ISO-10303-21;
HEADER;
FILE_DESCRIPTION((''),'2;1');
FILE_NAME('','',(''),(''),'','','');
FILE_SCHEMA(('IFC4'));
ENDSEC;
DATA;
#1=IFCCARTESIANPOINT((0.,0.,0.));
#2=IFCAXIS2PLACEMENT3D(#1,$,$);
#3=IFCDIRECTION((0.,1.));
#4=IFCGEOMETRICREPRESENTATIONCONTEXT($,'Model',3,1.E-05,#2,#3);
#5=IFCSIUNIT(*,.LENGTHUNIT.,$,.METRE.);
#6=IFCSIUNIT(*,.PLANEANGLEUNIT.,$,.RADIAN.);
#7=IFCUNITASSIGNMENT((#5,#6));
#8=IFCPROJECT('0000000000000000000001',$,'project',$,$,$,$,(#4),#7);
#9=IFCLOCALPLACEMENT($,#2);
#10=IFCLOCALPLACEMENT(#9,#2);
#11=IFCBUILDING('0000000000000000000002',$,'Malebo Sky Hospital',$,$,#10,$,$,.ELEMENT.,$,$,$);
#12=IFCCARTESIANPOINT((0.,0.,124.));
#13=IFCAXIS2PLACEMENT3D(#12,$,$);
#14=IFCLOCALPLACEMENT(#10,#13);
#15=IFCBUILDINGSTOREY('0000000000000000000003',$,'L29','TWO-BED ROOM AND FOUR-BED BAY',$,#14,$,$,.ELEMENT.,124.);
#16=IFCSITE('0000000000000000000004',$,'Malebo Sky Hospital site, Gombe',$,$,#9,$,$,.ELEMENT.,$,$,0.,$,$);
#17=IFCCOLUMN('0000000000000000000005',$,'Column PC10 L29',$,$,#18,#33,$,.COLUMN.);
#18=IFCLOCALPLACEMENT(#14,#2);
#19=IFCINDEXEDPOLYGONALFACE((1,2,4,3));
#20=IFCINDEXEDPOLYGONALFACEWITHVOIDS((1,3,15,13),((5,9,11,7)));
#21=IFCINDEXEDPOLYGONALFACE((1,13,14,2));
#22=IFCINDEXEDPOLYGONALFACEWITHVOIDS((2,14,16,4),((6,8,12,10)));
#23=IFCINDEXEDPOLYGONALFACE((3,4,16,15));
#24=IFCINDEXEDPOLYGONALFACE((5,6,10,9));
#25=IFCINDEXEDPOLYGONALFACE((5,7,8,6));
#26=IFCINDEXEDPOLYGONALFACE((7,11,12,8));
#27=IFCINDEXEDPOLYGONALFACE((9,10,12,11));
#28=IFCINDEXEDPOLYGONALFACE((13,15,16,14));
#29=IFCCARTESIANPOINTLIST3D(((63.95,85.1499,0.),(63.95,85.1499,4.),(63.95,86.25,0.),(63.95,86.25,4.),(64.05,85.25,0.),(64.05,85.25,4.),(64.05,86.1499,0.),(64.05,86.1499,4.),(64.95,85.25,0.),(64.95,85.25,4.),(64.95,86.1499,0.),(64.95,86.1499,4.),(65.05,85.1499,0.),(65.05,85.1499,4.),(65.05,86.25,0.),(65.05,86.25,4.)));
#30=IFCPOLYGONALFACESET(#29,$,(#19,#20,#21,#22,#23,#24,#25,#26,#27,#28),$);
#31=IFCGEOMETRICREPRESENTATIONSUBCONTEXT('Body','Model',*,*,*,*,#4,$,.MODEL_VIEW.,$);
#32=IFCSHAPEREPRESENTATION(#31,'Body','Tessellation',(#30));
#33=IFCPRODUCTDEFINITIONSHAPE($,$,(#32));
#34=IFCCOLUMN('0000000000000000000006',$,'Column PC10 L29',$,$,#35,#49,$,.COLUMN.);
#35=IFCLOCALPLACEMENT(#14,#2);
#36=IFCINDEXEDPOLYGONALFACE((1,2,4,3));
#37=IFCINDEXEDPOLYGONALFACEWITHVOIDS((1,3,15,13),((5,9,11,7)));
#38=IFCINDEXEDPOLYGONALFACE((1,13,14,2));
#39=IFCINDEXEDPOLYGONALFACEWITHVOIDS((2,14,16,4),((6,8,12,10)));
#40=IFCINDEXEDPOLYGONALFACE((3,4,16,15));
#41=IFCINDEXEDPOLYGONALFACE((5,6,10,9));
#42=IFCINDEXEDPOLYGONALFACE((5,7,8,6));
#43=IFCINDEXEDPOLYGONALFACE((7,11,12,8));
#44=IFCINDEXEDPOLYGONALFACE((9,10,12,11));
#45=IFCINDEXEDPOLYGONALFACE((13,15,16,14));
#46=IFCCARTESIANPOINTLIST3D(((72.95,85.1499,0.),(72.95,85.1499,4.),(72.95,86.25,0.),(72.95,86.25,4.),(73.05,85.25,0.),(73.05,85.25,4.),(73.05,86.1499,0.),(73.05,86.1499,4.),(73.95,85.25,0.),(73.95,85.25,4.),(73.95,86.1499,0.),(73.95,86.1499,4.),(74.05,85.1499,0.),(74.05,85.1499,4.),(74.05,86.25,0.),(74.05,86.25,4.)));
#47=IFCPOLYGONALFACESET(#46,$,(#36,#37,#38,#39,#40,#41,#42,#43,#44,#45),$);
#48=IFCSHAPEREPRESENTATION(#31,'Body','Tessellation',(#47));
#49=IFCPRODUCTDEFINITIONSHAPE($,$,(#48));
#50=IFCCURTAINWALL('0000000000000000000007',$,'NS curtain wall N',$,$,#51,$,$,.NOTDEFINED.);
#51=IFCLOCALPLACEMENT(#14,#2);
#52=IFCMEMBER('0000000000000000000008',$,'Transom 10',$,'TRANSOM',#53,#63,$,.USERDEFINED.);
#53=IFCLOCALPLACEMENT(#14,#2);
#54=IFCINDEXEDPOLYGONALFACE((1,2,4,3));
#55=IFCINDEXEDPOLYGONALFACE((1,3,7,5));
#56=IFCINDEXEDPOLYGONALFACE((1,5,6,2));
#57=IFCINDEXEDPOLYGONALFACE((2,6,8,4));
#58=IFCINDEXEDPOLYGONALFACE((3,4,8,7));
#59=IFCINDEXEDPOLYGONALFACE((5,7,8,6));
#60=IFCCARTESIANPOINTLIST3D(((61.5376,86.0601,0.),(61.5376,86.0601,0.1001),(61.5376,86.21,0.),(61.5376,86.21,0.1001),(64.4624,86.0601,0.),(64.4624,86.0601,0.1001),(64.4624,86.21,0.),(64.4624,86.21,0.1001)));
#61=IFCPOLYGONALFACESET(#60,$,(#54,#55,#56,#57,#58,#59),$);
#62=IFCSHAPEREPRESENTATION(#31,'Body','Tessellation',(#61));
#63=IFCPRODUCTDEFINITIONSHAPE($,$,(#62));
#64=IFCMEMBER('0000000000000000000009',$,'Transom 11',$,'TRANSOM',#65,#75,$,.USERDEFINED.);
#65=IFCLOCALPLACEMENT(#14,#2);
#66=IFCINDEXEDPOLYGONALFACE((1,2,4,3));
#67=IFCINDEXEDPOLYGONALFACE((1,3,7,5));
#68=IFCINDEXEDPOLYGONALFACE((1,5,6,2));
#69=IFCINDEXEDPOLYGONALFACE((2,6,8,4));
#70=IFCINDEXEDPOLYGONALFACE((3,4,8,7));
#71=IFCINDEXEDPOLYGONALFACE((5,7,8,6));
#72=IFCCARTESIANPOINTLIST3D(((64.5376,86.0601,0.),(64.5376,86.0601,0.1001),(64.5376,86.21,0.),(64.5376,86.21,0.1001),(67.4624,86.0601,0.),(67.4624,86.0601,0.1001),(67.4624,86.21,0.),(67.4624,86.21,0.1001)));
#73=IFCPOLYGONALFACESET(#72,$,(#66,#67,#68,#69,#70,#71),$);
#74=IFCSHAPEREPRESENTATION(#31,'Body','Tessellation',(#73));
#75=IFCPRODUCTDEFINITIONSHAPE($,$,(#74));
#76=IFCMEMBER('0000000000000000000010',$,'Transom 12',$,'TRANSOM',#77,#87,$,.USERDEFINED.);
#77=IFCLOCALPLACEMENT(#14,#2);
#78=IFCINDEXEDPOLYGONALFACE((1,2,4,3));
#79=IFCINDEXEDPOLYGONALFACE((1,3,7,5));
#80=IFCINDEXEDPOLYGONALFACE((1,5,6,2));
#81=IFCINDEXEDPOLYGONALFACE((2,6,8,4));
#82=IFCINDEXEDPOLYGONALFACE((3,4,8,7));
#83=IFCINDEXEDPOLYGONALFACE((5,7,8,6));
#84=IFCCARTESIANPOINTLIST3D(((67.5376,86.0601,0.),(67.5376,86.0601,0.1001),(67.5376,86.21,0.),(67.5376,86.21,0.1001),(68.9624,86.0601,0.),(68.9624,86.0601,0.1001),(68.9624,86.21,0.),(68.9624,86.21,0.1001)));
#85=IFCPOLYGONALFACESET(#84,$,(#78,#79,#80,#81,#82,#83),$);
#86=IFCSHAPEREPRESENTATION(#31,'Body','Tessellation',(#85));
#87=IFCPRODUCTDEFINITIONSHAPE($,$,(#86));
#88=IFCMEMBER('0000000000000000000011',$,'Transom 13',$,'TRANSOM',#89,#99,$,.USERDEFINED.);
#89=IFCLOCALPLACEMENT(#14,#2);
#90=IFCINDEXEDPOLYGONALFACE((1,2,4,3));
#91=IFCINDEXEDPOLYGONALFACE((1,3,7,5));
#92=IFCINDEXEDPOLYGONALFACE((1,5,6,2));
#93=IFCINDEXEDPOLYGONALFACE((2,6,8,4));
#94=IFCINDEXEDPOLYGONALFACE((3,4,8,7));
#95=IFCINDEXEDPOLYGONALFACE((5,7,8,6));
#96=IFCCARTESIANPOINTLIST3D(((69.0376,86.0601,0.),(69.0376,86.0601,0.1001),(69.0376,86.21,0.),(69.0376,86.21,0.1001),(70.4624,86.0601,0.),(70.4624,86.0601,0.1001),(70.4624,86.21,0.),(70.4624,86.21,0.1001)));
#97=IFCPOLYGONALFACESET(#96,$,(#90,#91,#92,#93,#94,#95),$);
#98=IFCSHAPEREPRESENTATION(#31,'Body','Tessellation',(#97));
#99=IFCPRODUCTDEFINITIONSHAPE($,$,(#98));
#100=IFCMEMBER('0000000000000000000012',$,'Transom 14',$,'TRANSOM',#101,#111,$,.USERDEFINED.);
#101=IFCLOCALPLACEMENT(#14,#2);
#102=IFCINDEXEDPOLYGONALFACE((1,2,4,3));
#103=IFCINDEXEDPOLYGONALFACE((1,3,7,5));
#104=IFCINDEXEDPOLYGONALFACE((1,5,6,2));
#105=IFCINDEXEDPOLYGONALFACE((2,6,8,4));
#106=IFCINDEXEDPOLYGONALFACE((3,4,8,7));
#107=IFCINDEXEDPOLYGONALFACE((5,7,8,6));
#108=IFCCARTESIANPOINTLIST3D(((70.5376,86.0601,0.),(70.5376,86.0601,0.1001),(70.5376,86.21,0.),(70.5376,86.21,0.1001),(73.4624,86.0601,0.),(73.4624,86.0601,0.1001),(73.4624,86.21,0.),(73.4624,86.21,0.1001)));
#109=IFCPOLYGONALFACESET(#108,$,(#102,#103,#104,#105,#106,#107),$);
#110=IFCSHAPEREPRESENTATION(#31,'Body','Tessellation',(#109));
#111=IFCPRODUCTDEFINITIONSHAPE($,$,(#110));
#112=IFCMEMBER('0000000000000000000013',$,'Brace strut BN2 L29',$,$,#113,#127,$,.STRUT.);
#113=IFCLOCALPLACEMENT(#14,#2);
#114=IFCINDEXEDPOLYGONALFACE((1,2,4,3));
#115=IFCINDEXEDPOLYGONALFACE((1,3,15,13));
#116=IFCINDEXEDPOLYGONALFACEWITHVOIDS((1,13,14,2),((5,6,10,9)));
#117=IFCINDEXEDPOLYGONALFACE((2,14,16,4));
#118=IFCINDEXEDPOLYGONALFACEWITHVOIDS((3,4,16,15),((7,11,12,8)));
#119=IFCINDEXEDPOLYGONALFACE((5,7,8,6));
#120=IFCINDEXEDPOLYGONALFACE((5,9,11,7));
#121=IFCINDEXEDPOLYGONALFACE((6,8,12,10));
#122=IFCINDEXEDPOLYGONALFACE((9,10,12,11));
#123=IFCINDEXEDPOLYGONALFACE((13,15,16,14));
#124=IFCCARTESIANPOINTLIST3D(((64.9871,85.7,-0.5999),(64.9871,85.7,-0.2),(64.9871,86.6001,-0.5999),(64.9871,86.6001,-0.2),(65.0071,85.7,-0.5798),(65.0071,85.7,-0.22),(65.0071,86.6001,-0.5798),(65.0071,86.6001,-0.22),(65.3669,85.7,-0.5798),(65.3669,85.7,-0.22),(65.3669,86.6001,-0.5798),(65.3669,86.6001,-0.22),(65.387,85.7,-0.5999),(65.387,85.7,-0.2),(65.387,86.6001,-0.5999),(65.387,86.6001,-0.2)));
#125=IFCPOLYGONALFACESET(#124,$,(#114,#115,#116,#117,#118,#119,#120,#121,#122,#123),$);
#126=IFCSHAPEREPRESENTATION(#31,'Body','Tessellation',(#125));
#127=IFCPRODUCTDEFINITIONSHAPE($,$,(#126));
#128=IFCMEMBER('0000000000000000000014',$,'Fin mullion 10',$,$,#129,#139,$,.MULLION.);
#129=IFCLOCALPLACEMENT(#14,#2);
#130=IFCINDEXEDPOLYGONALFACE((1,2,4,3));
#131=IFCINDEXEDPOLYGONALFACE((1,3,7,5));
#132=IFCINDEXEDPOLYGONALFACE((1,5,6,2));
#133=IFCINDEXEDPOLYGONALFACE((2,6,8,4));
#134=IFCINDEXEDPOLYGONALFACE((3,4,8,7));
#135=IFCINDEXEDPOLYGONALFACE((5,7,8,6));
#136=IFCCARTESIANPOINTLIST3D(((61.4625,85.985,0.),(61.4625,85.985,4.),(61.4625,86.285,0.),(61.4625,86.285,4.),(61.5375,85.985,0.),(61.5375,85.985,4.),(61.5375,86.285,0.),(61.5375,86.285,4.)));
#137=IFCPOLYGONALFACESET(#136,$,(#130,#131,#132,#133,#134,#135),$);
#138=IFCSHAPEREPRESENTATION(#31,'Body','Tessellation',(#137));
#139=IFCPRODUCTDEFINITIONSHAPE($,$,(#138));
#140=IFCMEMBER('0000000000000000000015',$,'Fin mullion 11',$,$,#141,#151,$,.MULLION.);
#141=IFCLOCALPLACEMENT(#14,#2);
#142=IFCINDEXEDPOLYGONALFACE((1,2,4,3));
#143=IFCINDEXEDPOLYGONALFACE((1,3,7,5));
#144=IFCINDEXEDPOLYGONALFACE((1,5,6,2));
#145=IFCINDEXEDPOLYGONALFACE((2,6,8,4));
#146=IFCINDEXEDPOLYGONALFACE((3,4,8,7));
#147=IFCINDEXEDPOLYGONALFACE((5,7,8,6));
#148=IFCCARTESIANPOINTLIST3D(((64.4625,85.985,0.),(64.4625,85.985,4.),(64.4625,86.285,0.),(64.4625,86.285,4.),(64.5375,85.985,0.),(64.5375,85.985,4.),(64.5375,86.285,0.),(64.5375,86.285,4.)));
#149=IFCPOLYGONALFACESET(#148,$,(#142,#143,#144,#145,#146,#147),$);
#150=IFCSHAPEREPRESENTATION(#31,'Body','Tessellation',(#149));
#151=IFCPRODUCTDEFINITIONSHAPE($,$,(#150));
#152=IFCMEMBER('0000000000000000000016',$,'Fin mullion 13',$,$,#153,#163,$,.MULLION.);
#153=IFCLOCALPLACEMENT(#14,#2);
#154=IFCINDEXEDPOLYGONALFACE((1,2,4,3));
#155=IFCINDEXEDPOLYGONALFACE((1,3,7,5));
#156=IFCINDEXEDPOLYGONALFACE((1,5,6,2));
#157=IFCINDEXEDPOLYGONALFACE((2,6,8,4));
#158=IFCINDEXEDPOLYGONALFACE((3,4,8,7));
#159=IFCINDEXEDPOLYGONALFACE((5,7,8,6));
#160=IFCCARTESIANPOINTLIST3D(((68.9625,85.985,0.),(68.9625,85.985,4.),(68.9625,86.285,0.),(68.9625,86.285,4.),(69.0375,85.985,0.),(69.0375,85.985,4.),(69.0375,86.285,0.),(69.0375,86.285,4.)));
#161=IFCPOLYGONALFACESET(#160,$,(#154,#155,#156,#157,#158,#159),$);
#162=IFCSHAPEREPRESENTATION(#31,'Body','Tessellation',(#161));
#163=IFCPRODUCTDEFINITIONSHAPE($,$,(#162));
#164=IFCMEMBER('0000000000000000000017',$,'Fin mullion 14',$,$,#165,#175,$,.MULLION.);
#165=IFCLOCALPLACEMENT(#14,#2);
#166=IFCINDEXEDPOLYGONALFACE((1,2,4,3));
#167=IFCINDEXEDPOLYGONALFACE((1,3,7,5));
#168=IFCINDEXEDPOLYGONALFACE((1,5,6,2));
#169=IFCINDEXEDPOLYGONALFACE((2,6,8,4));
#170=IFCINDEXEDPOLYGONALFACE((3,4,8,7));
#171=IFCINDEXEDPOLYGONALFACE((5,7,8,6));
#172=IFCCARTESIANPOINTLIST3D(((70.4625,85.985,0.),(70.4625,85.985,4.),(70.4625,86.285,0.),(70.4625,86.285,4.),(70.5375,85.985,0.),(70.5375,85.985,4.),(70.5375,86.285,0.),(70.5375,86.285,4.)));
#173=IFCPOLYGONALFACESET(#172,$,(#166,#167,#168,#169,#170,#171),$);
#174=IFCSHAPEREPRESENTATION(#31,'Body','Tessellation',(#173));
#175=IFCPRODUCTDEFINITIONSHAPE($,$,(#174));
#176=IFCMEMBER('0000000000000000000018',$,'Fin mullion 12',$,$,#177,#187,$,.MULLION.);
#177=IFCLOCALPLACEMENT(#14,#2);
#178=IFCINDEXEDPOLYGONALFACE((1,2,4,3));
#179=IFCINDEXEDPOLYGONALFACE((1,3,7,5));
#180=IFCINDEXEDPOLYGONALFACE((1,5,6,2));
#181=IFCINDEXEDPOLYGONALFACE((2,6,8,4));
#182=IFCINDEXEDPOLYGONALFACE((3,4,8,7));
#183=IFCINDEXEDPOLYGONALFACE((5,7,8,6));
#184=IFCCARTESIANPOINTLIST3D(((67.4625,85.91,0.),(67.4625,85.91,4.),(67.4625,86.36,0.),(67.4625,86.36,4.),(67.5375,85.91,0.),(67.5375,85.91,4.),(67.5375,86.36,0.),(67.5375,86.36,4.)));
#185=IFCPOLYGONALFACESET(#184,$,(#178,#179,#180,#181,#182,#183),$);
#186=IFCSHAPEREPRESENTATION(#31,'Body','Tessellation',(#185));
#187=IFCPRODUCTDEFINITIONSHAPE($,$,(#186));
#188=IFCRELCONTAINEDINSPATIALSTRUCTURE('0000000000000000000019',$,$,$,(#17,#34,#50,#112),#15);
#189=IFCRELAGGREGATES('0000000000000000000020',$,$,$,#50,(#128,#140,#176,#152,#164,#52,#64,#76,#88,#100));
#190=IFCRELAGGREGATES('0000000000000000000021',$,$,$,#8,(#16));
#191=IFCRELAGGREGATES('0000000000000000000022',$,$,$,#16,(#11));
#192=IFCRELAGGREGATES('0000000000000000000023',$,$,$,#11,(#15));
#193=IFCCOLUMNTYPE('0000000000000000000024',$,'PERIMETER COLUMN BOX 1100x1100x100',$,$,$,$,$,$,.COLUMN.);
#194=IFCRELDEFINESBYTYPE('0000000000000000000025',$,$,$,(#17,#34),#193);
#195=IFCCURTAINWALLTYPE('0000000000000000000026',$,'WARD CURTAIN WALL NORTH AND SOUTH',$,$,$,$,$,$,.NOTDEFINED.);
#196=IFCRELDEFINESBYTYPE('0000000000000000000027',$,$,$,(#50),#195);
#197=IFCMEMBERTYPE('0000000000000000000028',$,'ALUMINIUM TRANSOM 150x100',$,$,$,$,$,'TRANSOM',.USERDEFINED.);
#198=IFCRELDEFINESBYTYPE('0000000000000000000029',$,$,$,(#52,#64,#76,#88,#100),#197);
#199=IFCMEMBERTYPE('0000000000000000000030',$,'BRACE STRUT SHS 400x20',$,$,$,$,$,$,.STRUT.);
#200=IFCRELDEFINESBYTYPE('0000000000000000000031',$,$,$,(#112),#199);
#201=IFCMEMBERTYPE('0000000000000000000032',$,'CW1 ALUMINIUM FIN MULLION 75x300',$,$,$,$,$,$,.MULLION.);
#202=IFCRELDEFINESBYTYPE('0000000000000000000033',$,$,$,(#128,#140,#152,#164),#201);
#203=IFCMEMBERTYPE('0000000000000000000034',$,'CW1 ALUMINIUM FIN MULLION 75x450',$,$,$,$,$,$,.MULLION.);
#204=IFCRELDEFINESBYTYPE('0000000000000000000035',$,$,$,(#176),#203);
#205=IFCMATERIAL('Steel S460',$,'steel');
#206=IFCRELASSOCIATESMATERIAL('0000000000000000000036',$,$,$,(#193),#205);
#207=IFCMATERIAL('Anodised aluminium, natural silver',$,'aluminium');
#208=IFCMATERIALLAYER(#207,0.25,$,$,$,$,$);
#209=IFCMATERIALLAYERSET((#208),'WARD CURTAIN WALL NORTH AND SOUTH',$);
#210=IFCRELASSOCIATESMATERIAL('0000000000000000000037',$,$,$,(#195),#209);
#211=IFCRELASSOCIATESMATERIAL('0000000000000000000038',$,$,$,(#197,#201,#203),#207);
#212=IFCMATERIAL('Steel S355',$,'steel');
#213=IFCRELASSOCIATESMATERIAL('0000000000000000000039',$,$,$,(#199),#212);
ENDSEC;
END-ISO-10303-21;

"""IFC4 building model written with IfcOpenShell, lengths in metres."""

from ifc_helpers import new_model, si_unit, direction, frame, origin, origin_2d, place, context, subcontext, project, spatial, rectangle, hollow_rectangle, extrude, material, layer, layer_set, material_profile, profile_set, type_object, element, aggregate, save


model = new_model("IFC4")

# Units and contexts
model_context = context("Model", 3, precision=1e-05, world=origin(), true_north=direction((0.0, 1.0)))
body_context = subcontext(model_context, "Body", "Model", "MODEL_VIEW")
ifc_project = project(units=[si_unit("LENGTHUNIT", "METRE"), si_unit("PLANEANGLEUNIT", "RADIAN")], contexts=[model_context])

# Site, building, storey
site_placement = place(None, origin())
site = spatial("IfcSite", under=ifc_project, at=site_placement, Name="Malebo Sky Hospital site, Gombe", CompositionType="ELEMENT", RefElevation=0.0)
building_placement = place(site_placement, origin())
building = spatial("IfcBuilding", under=site, at=building_placement, Name="Malebo Sky Hospital", CompositionType="ELEMENT")
storey_placement = place(building_placement, frame((0.0, 0.0, 124.0)))
storey = spatial("IfcBuildingStorey", under=building, at=storey_placement, Name="L29", Description="TWO-BED ROOM AND FOUR-BED BAY", CompositionType="ELEMENT", Elevation=124.0)

# Columns
ifc_material_1 = material(Name="Steel S460", Category="steel")
ifc_material_profile_1 = material_profile(ifc_material_1, hollow_rectangle(XDim=1.1001, YDim=1.1001, WallThickness=0.1001, at=origin_2d()), Name="BOX 1100x1100x100")
ifc_profile_set_1 = profile_set([ifc_material_profile_1], Name="Steel S460")
column_type = type_object("IfcColumnType", Name="PERIMETER COLUMN BOX 1100x1100x100", PredefinedType="COLUMN", material=ifc_profile_set_1)
for number, where, z_axis, x_axis, name in (
    (1, (64.5, 85.7, 0.0), (0.0, 0.0, 1.0), (1.0, 0.0, 0.0), "Column PC10 L29"),
    (2, (73.5, 85.7, 0.0), (0.0, 0.0, 1.0), (1.0, 0.0, 0.0), "Column PC10 L29"),
):
    element("IfcColumn", number, at=place(storey_placement, frame(where, z_axis=z_axis, x_axis=x_axis)), inside=storey, type_object=column_type, Name=name, PredefinedType="COLUMN", context=body_context, shape_type="SweptSolid", body=[
        extrude(hollow_rectangle(XDim=1.1001, YDim=1.1001, WallThickness=0.1001, at=origin_2d()), origin(), (0.0, 0.0, 1.0), 4.0),
    ])

# Curtain wall, members
ifc_material_2 = material(Name="Anodised aluminium, natural silver", Category="aluminium")
ifc_layer_1 = layer(ifc_material_2, 0.25)
ifc_layer_set_1 = layer_set([ifc_layer_1], Name="WARD CURTAIN WALL NORTH AND SOUTH")
curtain_wall_type = type_object("IfcCurtainWallType", Name="WARD CURTAIN WALL NORTH AND SOUTH", PredefinedType="NOTDEFINED", material=ifc_layer_set_1)
curtain_wall_placement = place(storey_placement, origin())
curtain_wall = element("IfcCurtainWall", 3, at=curtain_wall_placement, inside=storey, type_object=curtain_wall_type, Name="NS curtain wall N", PredefinedType="NOTDEFINED")
ifc_material_profile_2 = material_profile(ifc_material_2, rectangle(XDim=0.1499, YDim=0.1001, at=origin_2d()), Name="ALUMINIUM TRANSOM 150x100")
ifc_profile_set_2 = profile_set([ifc_material_profile_2], Name="Anodised aluminium, natural silver")
member_type_1 = type_object("IfcMemberType", Name="ALUMINIUM TRANSOM 150x100", ElementType="TRANSOM", PredefinedType="USERDEFINED", material=ifc_profile_set_2)
member_1_placement = place(storey_placement, frame((61.5376, 86.135, 0.05), z_axis=(1.0, 0.0, 0.0), x_axis=(0.0, 1.0, 0.0)))
member_1 = element("IfcMember", 4, at=member_1_placement, type_object=member_type_1, Name="Transom 10", ObjectType="TRANSOM", PredefinedType="USERDEFINED", context=body_context, shape_type="SweptSolid", body=[
    extrude(rectangle(XDim=0.1499, YDim=0.1001, at=origin_2d()), origin(), (0.0, 0.0, 1.0), 2.9248),
])
member_2_placement = place(storey_placement, frame((64.5376, 86.135, 0.05), z_axis=(1.0, 0.0, 0.0), x_axis=(0.0, 1.0, 0.0)))
member_2 = element("IfcMember", 5, at=member_2_placement, type_object=member_type_1, Name="Transom 11", ObjectType="TRANSOM", PredefinedType="USERDEFINED", context=body_context, shape_type="SweptSolid", body=[
    extrude(rectangle(XDim=0.1499, YDim=0.1001, at=origin_2d()), origin(), (0.0, 0.0, 1.0), 2.9248),
])
member_3_placement = place(storey_placement, frame((67.5376, 86.135, 0.05), z_axis=(1.0, 0.0, 0.0), x_axis=(0.0, 1.0, 0.0)))
member_3 = element("IfcMember", 6, at=member_3_placement, type_object=member_type_1, Name="Transom 12", ObjectType="TRANSOM", PredefinedType="USERDEFINED", context=body_context, shape_type="SweptSolid", body=[
    extrude(rectangle(XDim=0.1499, YDim=0.1001, at=origin_2d()), origin(), (0.0, 0.0, 1.0), 1.4248),
])
member_4_placement = place(storey_placement, frame((69.0376, 86.135, 0.05), z_axis=(1.0, 0.0, 0.0), x_axis=(0.0, 1.0, 0.0)))
member_4 = element("IfcMember", 7, at=member_4_placement, type_object=member_type_1, Name="Transom 13", ObjectType="TRANSOM", PredefinedType="USERDEFINED", context=body_context, shape_type="SweptSolid", body=[
    extrude(rectangle(XDim=0.1499, YDim=0.1001, at=origin_2d()), origin(), (0.0, 0.0, 1.0), 1.4248),
])
member_5_placement = place(storey_placement, frame((70.5376, 86.135, 0.05), z_axis=(1.0, 0.0, 0.0), x_axis=(0.0, 1.0, 0.0)))
member_5 = element("IfcMember", 8, at=member_5_placement, type_object=member_type_1, Name="Transom 14", ObjectType="TRANSOM", PredefinedType="USERDEFINED", context=body_context, shape_type="SweptSolid", body=[
    extrude(rectangle(XDim=0.1499, YDim=0.1001, at=origin_2d()), origin(), (0.0, 0.0, 1.0), 2.9248),
])

# Members
ifc_material_3 = material(Name="Steel S355", Category="steel")
ifc_material_profile_3 = material_profile(ifc_material_3, hollow_rectangle(XDim=0.3999, YDim=0.3999, WallThickness=0.02, at=origin_2d()), Name="SHS 400x20")
ifc_profile_set_3 = profile_set([ifc_material_profile_3], Name="Steel S355")
member_type_2 = type_object("IfcMemberType", Name="BRACE STRUT SHS 400x20", PredefinedType="STRUT", material=ifc_profile_set_3)
member_6_placement = place(storey_placement, frame((65.187, 86.6001, -0.3999), z_axis=(0.0, -1.0, 0.0), x_axis=(1.0, 0.0, 0.0)))
element("IfcMember", 9, at=member_6_placement, inside=storey, type_object=member_type_2, Name="Brace strut BN2 L29", PredefinedType="STRUT", context=body_context, shape_type="SweptSolid", body=[
    extrude(hollow_rectangle(XDim=0.3999, YDim=0.3999, WallThickness=0.02, at=origin_2d()), origin(), (0.0, 0.0, 1.0), 0.9001),
])
ifc_material_profile_4 = material_profile(ifc_material_2, rectangle(XDim=0.075, YDim=0.3, at=origin_2d()), Name="CW1 ALUMINIUM FIN MULLION 75x300")
ifc_profile_set_4 = profile_set([ifc_material_profile_4], Name="Anodised aluminium, natural silver")
member_type_3 = type_object("IfcMemberType", Name="CW1 ALUMINIUM FIN MULLION 75x300", PredefinedType="MULLION", material=ifc_profile_set_4)
member_7_placement = place(storey_placement, frame((61.5, 86.135, 0.0), z_axis=(0.0, 0.0, 1.0), x_axis=(1.0, 0.0, 0.0)))
member_7 = element("IfcMember", 10, at=member_7_placement, type_object=member_type_3, Name="Fin mullion 10", PredefinedType="MULLION", context=body_context, shape_type="SweptSolid", body=[
    extrude(rectangle(XDim=0.075, YDim=0.3, at=origin_2d()), origin(), (0.0, 0.0, 1.0), 4.0),
])
member_8_placement = place(storey_placement, frame((64.5, 86.135, 0.0), z_axis=(0.0, 0.0, 1.0), x_axis=(1.0, 0.0, 0.0)))
member_8 = element("IfcMember", 11, at=member_8_placement, type_object=member_type_3, Name="Fin mullion 11", PredefinedType="MULLION", context=body_context, shape_type="SweptSolid", body=[
    extrude(rectangle(XDim=0.075, YDim=0.3, at=origin_2d()), origin(), (0.0, 0.0, 1.0), 4.0),
])
member_9_placement = place(storey_placement, frame((69.0, 86.135, 0.0), z_axis=(0.0, 0.0, 1.0), x_axis=(1.0, 0.0, 0.0)))
member_9 = element("IfcMember", 12, at=member_9_placement, type_object=member_type_3, Name="Fin mullion 13", PredefinedType="MULLION", context=body_context, shape_type="SweptSolid", body=[
    extrude(rectangle(XDim=0.075, YDim=0.3, at=origin_2d()), origin(), (0.0, 0.0, 1.0), 4.0),
])
member_10_placement = place(storey_placement, frame((70.5, 86.135, 0.0), z_axis=(0.0, 0.0, 1.0), x_axis=(1.0, 0.0, 0.0)))
member_10 = element("IfcMember", 13, at=member_10_placement, type_object=member_type_3, Name="Fin mullion 14", PredefinedType="MULLION", context=body_context, shape_type="SweptSolid", body=[
    extrude(rectangle(XDim=0.075, YDim=0.3, at=origin_2d()), origin(), (0.0, 0.0, 1.0), 4.0),
])
ifc_material_profile_5 = material_profile(ifc_material_2, rectangle(XDim=0.075, YDim=0.45, at=origin_2d()), Name="CW1 ALUMINIUM FIN MULLION 75x450")
ifc_profile_set_5 = profile_set([ifc_material_profile_5], Name="Anodised aluminium, natural silver")
member_type_4 = type_object("IfcMemberType", Name="CW1 ALUMINIUM FIN MULLION 75x450", PredefinedType="MULLION", material=ifc_profile_set_5)
member_11_placement = place(storey_placement, frame((67.5, 86.135, 0.0), z_axis=(0.0, 0.0, 1.0), x_axis=(1.0, 0.0, 0.0)))
member_11 = element("IfcMember", 14, at=member_11_placement, type_object=member_type_4, Name="Fin mullion 12", PredefinedType="MULLION", context=body_context, shape_type="SweptSolid", body=[
    extrude(rectangle(XDim=0.075, YDim=0.45, at=origin_2d()), origin(), (0.0, 0.0, 1.0), 4.0),
])

aggregate(curtain_wall, [member_7, member_8, member_11, member_9, member_10, member_1, member_2, member_3, member_4, member_5])

save(model, "model.ifc")
